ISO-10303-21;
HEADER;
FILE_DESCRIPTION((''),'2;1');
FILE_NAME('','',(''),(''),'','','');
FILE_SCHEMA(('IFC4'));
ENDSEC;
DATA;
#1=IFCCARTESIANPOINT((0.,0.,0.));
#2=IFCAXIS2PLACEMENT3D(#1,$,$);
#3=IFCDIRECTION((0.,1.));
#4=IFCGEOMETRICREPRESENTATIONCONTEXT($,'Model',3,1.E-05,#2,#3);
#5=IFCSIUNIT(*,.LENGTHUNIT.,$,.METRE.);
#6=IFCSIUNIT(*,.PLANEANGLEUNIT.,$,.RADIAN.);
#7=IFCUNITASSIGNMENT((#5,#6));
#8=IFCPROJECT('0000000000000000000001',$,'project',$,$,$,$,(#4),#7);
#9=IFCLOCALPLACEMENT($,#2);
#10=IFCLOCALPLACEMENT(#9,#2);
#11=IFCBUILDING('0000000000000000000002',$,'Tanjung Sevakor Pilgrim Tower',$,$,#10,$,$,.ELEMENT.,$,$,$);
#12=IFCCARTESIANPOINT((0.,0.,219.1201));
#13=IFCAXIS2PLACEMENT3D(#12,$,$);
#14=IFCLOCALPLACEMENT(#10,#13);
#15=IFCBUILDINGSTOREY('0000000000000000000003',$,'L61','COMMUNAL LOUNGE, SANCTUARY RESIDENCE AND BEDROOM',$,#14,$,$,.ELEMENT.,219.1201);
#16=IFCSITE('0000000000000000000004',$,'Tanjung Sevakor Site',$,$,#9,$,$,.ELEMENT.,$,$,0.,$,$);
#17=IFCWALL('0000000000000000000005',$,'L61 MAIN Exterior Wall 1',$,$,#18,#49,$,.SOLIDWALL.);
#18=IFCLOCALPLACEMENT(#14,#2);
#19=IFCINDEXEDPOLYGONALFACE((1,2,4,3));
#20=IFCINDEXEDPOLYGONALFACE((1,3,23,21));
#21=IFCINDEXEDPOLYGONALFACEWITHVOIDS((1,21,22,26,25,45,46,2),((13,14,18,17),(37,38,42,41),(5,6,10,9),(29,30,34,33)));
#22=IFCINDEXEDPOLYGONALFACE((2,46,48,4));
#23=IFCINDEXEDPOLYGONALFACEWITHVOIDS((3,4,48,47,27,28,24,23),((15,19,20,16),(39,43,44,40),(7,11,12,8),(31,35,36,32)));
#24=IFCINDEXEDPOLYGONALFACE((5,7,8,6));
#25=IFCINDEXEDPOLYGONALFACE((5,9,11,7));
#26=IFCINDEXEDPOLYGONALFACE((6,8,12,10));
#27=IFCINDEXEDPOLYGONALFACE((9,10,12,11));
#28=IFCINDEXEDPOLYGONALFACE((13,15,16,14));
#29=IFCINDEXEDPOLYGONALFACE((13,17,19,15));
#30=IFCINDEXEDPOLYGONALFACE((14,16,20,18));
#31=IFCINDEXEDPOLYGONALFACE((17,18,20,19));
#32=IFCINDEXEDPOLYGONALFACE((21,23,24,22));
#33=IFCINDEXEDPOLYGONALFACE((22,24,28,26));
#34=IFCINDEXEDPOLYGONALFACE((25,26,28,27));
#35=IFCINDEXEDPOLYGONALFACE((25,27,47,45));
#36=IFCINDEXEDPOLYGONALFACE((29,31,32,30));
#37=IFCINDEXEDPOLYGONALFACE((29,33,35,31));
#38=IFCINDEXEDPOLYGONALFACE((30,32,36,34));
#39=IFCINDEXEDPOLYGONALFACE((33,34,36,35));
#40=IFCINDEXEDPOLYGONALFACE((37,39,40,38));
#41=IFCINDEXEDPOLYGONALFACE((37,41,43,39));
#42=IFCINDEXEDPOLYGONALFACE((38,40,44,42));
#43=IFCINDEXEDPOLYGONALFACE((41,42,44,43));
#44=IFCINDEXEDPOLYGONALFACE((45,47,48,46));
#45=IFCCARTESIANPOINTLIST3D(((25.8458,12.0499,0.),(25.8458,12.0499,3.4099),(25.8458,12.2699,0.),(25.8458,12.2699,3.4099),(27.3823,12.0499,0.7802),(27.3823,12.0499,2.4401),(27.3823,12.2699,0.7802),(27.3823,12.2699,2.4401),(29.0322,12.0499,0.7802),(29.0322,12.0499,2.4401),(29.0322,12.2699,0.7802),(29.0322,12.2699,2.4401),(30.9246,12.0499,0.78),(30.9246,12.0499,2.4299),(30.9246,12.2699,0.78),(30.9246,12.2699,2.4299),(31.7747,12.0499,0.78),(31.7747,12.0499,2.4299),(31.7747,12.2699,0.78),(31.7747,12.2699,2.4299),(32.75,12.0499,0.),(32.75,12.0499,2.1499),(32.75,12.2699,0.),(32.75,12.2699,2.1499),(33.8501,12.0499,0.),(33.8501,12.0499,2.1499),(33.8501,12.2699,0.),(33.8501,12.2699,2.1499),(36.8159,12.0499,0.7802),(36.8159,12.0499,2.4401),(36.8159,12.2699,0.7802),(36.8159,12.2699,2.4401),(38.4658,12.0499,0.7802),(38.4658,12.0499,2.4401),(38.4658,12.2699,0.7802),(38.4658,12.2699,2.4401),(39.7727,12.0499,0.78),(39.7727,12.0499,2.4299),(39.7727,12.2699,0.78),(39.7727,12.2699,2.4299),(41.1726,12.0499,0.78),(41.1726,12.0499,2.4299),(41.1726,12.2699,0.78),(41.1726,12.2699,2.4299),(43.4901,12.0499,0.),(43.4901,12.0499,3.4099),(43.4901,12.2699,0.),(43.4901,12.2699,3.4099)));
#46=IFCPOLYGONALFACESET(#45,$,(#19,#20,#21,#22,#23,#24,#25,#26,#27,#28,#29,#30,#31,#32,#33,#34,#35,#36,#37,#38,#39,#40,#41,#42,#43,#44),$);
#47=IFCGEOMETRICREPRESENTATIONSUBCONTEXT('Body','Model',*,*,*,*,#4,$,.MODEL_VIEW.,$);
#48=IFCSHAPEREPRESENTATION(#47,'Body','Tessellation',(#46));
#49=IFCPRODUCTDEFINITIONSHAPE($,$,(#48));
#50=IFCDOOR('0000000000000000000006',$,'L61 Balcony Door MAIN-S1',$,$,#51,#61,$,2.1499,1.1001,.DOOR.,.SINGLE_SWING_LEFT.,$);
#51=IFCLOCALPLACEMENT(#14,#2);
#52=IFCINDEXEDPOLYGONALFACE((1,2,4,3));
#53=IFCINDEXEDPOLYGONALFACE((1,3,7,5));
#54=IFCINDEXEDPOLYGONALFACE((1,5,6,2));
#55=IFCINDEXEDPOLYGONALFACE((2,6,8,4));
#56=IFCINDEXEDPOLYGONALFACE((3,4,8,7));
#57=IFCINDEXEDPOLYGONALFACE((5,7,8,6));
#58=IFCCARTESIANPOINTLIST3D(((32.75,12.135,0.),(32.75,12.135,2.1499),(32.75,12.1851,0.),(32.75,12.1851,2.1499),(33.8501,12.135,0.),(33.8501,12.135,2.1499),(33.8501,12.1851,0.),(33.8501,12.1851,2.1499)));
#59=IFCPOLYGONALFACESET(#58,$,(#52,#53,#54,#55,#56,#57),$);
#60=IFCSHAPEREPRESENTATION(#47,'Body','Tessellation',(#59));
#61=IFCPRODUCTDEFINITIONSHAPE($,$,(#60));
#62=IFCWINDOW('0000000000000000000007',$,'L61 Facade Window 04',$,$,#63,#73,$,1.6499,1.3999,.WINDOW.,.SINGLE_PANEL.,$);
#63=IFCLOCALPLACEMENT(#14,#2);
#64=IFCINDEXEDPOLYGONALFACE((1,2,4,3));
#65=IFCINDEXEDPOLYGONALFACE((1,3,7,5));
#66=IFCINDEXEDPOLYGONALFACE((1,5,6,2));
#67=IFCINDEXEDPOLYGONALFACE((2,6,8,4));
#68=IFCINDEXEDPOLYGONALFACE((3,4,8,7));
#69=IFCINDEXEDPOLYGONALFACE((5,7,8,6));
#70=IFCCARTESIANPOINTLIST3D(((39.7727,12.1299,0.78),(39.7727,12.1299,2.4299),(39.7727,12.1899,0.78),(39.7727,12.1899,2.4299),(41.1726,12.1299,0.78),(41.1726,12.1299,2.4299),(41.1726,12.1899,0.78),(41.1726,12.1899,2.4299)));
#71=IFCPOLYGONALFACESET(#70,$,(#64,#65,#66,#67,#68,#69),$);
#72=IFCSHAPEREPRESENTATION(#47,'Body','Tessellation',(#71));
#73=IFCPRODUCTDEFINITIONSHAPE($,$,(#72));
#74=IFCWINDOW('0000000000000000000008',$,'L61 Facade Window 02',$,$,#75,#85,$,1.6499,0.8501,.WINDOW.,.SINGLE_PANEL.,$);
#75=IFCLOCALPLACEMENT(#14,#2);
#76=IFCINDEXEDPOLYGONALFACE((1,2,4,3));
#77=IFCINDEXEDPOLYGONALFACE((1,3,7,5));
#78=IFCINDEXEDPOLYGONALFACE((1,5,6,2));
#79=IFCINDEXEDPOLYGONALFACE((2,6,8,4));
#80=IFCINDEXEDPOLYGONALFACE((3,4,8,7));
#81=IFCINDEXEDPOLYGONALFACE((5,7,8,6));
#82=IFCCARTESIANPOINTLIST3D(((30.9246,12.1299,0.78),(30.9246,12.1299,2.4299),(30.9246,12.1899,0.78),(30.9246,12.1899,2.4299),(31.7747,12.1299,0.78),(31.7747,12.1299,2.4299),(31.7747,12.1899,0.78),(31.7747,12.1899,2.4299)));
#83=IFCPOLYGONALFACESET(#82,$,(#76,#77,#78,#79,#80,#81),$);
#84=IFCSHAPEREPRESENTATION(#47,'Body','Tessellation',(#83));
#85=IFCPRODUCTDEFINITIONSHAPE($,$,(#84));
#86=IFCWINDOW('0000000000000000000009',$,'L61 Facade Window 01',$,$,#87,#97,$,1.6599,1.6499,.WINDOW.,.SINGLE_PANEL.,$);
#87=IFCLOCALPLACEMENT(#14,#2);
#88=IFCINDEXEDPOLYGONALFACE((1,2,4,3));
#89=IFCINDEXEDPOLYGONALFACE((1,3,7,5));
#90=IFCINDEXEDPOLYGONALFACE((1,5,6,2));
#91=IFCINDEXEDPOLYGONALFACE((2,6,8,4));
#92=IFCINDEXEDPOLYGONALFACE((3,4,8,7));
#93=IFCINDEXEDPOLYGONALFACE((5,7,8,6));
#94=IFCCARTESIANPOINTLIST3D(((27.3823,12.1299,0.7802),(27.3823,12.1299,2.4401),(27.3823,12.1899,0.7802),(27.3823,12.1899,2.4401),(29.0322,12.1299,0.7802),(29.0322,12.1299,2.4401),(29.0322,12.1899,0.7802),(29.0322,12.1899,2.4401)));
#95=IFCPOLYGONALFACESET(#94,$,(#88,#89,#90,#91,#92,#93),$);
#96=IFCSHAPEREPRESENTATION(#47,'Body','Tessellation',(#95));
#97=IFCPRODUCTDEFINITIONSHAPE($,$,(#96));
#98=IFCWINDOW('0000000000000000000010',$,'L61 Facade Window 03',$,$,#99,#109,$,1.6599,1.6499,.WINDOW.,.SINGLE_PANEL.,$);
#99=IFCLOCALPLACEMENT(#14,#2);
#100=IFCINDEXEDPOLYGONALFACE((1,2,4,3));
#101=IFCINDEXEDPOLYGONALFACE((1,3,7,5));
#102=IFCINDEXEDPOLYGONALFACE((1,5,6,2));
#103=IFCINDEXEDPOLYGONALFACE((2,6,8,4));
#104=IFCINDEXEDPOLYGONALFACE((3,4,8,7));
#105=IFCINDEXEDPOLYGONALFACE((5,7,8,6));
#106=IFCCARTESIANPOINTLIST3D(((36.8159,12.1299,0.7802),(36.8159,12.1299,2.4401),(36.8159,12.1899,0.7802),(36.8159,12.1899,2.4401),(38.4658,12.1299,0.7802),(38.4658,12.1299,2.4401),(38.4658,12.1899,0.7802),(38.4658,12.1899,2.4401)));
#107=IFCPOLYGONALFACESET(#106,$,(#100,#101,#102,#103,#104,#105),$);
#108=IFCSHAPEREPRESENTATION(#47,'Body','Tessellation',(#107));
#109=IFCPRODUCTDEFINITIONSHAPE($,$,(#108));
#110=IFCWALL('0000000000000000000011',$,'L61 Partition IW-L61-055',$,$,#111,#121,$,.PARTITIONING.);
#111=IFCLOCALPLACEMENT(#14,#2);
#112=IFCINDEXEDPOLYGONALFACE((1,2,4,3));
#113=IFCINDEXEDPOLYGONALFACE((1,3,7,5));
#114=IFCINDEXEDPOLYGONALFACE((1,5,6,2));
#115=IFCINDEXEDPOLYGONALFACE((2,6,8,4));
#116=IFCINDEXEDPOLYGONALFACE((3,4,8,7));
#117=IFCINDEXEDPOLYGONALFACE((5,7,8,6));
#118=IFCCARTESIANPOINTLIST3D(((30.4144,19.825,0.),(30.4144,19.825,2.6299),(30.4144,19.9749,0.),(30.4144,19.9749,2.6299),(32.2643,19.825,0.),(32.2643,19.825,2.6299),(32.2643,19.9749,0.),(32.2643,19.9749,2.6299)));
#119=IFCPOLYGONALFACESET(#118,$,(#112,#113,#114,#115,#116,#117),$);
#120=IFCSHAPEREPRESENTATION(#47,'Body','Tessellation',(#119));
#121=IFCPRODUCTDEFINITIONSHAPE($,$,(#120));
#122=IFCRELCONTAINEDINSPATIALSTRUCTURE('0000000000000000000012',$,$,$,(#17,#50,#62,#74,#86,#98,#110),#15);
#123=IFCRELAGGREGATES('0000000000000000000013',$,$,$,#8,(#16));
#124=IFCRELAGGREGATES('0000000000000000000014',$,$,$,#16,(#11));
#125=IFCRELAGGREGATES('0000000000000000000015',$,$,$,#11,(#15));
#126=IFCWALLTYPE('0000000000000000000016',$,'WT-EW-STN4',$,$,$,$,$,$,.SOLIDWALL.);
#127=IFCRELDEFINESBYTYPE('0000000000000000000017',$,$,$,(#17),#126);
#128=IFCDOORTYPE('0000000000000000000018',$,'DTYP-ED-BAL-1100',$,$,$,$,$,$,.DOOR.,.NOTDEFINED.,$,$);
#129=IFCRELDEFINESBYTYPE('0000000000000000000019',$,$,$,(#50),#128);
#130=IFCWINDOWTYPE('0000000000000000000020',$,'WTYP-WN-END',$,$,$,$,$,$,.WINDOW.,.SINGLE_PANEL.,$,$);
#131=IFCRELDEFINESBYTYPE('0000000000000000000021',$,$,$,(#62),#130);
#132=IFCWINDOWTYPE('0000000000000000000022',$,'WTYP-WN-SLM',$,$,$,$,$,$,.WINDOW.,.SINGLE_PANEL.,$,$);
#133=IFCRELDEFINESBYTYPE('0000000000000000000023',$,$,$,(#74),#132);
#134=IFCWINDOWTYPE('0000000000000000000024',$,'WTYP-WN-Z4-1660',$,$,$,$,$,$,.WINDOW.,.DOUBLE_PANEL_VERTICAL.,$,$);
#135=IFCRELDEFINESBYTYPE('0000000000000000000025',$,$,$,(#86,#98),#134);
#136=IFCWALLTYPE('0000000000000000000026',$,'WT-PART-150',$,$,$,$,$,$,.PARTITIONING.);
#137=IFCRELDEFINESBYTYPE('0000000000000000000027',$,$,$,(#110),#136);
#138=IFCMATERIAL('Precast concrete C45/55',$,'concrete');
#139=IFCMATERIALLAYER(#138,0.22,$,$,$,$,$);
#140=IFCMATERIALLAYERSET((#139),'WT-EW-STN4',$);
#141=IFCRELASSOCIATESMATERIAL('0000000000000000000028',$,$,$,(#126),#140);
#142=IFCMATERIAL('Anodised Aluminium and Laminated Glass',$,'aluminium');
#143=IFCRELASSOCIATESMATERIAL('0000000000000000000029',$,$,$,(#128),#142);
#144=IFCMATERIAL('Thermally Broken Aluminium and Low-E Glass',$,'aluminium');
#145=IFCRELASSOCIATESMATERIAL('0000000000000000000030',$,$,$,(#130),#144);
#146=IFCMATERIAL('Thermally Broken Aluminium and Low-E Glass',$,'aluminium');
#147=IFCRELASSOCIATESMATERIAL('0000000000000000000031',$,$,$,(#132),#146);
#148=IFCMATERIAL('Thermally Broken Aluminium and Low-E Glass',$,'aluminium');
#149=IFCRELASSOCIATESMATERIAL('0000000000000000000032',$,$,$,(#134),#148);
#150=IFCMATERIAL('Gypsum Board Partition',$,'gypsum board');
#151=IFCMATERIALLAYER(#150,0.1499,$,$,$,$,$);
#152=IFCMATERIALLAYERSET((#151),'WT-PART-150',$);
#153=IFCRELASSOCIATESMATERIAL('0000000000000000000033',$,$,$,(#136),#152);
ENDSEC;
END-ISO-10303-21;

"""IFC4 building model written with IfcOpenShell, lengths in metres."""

from ifc_helpers import new_model, si_unit, direction, frame, frame_2d, origin, place, context, subcontext, project, spatial, rectangle, extrude, material, layer, layer_set, type_object, element, fill, save


model = new_model("IFC4")

# Units and contexts
model_context = context("Model", 3, precision=1e-05, world=origin(), true_north=direction((0.0, 1.0)))
body_context = subcontext(model_context, "Body", "Model", "MODEL_VIEW")
ifc_project = project(units=[si_unit("LENGTHUNIT", "METRE"), si_unit("PLANEANGLEUNIT", "RADIAN")], contexts=[model_context])

# Site, building, storey
site_placement = place(None, origin())
site = spatial("IfcSite", under=ifc_project, at=site_placement, Name="Tanjung Sevakor Site", CompositionType="ELEMENT", RefElevation=0.0)
building_placement = place(site_placement, origin())
building = spatial("IfcBuilding", under=site, at=building_placement, Name="Tanjung Sevakor Pilgrim Tower", CompositionType="ELEMENT")
storey_placement = place(building_placement, frame((0.0, 0.0, 219.1201)))
storey = spatial("IfcBuildingStorey", under=building, at=storey_placement, Name="L61", Description="COMMUNAL LOUNGE, SANCTUARY RESIDENCE AND BEDROOM", CompositionType="ELEMENT", Elevation=219.1201)

# Wall, openings, door, windows
ifc_material_1 = material(Name="Precast concrete C45/55", Category="concrete")
ifc_layer_1 = layer(ifc_material_1, 0.22)
ifc_layer_set_1 = layer_set([ifc_layer_1], Name="WT-EW-STN4")
wall_type_1 = type_object("IfcWallType", Name="WT-EW-STN4", PredefinedType="SOLIDWALL", material=ifc_layer_set_1)
wall_1_placement = place(storey_placement, frame((25.8457, 12.1599, 0.0), z_axis=(0.0, 0.0, 1.0), x_axis=(1.0, 0.0, 0.0)))
wall_1 = element("IfcWall", 1, at=wall_1_placement, inside=storey, type_object=wall_type_1, Name="L61 MAIN Exterior Wall 1", PredefinedType="SOLIDWALL", context=body_context, shape_type="SweptSolid", body=[
    extrude(rectangle(XDim=17.6443, YDim=0.22, at=frame_2d((8.8223, 0.0))), origin(), (0.0, 0.0, 1.0), 3.4099),
])
opening_1_placement = place(wall_1_placement, frame((6.9043, 0.0, 0.0)))
opening_1 = element("IfcOpeningElement", 2, at=opening_1_placement, cuts=wall_1, PredefinedType="OPENING", context=body_context, shape_type="SweptSolid", body=[
    extrude(rectangle(XDim=1.1001, YDim=2.1499, at=frame_2d((0.55, 1.075))), frame((0.0, 0.1199, 0.0), z_axis=(0.0, -1.0, 0.0), x_axis=(1.0, 0.0, 0.0)), (0.0, 0.0, 1.0), 0.24),
])
opening_2_placement = place(wall_1_placement, frame((1.5366, 0.0, 0.78)))
opening_2 = element("IfcOpeningElement", 3, at=opening_2_placement, cuts=wall_1, PredefinedType="OPENING", context=body_context, shape_type="SweptSolid", body=[
    extrude(rectangle(XDim=1.6499, YDim=1.6599, at=frame_2d((0.825, 0.8301))), frame((0.0, 0.1199, 0.0), z_axis=(0.0, -1.0, 0.0), x_axis=(1.0, 0.0, 0.0)), (0.0, 0.0, 1.0), 0.24),
])
opening_3_placement = place(wall_1_placement, frame((5.0789, 0.0, 0.78)))
opening_3 = element("IfcOpeningElement", 4, at=opening_3_placement, cuts=wall_1, PredefinedType="OPENING", context=body_context, shape_type="SweptSolid", body=[
    extrude(rectangle(XDim=0.8501, YDim=1.6499, at=frame_2d((0.425, 0.825))), frame((0.0, 0.1199, 0.0), z_axis=(0.0, -1.0, 0.0), x_axis=(1.0, 0.0, 0.0)), (0.0, 0.0, 1.0), 0.24),
])
opening_4_placement = place(wall_1_placement, frame((10.9702, 0.0, 0.78)))
opening_4 = element("IfcOpeningElement", 5, at=opening_4_placement, cuts=wall_1, PredefinedType="OPENING", context=body_context, shape_type="SweptSolid", body=[
    extrude(rectangle(XDim=1.6499, YDim=1.6599, at=frame_2d((0.825, 0.8301))), frame((0.0, 0.1199, 0.0), z_axis=(0.0, -1.0, 0.0), x_axis=(1.0, 0.0, 0.0)), (0.0, 0.0, 1.0), 0.24),
])
opening_5_placement = place(wall_1_placement, frame((13.927, 0.0, 0.78)))
opening_5 = element("IfcOpeningElement", 6, at=opening_5_placement, cuts=wall_1, PredefinedType="OPENING", context=body_context, shape_type="SweptSolid", body=[
    extrude(rectangle(XDim=1.3999, YDim=1.6499, at=frame_2d((0.7, 0.825))), frame((0.0, 0.1199, 0.0), z_axis=(0.0, -1.0, 0.0), x_axis=(1.0, 0.0, 0.0)), (0.0, 0.0, 1.0), 0.24),
])
ifc_material_2 = material(Name="Anodised Aluminium and Laminated Glass", Category="aluminium")
door_type_1 = type_object("IfcDoorType", Name="DTYP-ED-BAL-1100", OperationType="NOTDEFINED", PredefinedType="DOOR", material=ifc_material_2)
door_1_placement = place(opening_1_placement, frame((1.1001, 0.0, 0.0), z_axis=(0.0, 0.0, 1.0), x_axis=(-1.0, 0.0, 0.0)))
door_1 = element("IfcDoor", 7, at=door_1_placement, inside=storey, type_object=door_type_1, Name="L61 Balcony Door MAIN-S1", OperationType="SINGLE_SWING_LEFT", OverallHeight=2.1499, OverallWidth=1.1001, PredefinedType="DOOR", context=body_context, shape_type="SweptSolid", body=[
    extrude(rectangle(XDim=1.1001, YDim=2.1499, at=frame_2d((0.55, 1.075))), frame((0.0, 0.0249, 0.0), z_axis=(0.0, -1.0, 0.0), x_axis=(1.0, 0.0, 0.0)), (0.0, 0.0, 1.0), 0.05),
])
fill(opening_1, door_1)
ifc_material_3 = material(Name="Thermally Broken Aluminium and Low-E Glass", Category="aluminium")
window_type_1 = type_object("IfcWindowType", Name="WTYP-WN-END", PartitioningType="SINGLE_PANEL", PredefinedType="WINDOW", material=ifc_material_3)
window_1_placement = place(opening_5_placement, origin())
window_1 = element("IfcWindow", 8, at=window_1_placement, inside=storey, type_object=window_type_1, Name="L61 Facade Window 04", OverallHeight=1.6499, OverallWidth=1.3999, PartitioningType="SINGLE_PANEL", PredefinedType="WINDOW", context=body_context, shape_type="SweptSolid", body=[
    extrude(rectangle(XDim=1.3999, YDim=1.6499, at=frame_2d((0.7, 0.825))), frame((0.0, 0.03, 0.0), z_axis=(0.0, -1.0, 0.0), x_axis=(1.0, 0.0, 0.0)), (0.0, 0.0, 1.0), 0.0601),
])
fill(opening_5, window_1)
ifc_material_4 = material(Name="Thermally Broken Aluminium and Low-E Glass", Category="aluminium")
window_type_2 = type_object("IfcWindowType", Name="WTYP-WN-SLM", PartitioningType="SINGLE_PANEL", PredefinedType="WINDOW", material=ifc_material_4)
window_2_placement = place(opening_3_placement, origin())
window_2 = element("IfcWindow", 9, at=window_2_placement, inside=storey, type_object=window_type_2, Name="L61 Facade Window 02", OverallHeight=1.6499, OverallWidth=0.8501, PartitioningType="SINGLE_PANEL", PredefinedType="WINDOW", context=body_context, shape_type="SweptSolid", body=[
    extrude(rectangle(XDim=0.8501, YDim=1.6499, at=frame_2d((0.425, 0.825))), frame((0.0, 0.03, 0.0), z_axis=(0.0, -1.0, 0.0), x_axis=(1.0, 0.0, 0.0)), (0.0, 0.0, 1.0), 0.0601),
])
fill(opening_3, window_2)
ifc_material_5 = material(Name="Thermally Broken Aluminium and Low-E Glass", Category="aluminium")
window_type_3 = type_object("IfcWindowType", Name="WTYP-WN-Z4-1660", PartitioningType="DOUBLE_PANEL_VERTICAL", PredefinedType="WINDOW", material=ifc_material_5)
window_3_placement = place(opening_2_placement, origin())
window_3 = element("IfcWindow", 10, at=window_3_placement, inside=storey, type_object=window_type_3, Name="L61 Facade Window 01", OverallHeight=1.6599, OverallWidth=1.6499, PartitioningType="SINGLE_PANEL", PredefinedType="WINDOW", context=body_context, shape_type="SweptSolid", body=[
    extrude(rectangle(XDim=1.6499, YDim=1.6599, at=frame_2d((0.825, 0.8301))), frame((0.0, 0.03, 0.0), z_axis=(0.0, -1.0, 0.0), x_axis=(1.0, 0.0, 0.0)), (0.0, 0.0, 1.0), 0.0601),
])
fill(opening_2, window_3)
window_4_placement = place(opening_4_placement, origin())
window_4 = element("IfcWindow", 11, at=window_4_placement, inside=storey, type_object=window_type_3, Name="L61 Facade Window 03", OverallHeight=1.6599, OverallWidth=1.6499, PartitioningType="SINGLE_PANEL", PredefinedType="WINDOW", context=body_context, shape_type="SweptSolid", body=[
    extrude(rectangle(XDim=1.6499, YDim=1.6599, at=frame_2d((0.825, 0.8301))), frame((0.0, 0.03, 0.0), z_axis=(0.0, -1.0, 0.0), x_axis=(1.0, 0.0, 0.0)), (0.0, 0.0, 1.0), 0.0601),
])
fill(opening_4, window_4)

# Wall
ifc_material_6 = material(Name="Gypsum Board Partition", Category="gypsum board")
ifc_layer_2 = layer(ifc_material_6, 0.1499)
ifc_layer_set_2 = layer_set([ifc_layer_2], Name="WT-PART-150")
wall_type_2 = type_object("IfcWallType", Name="WT-PART-150", PredefinedType="PARTITIONING", material=ifc_layer_set_2)
wall_2_placement = place(storey_placement, frame((30.4146, 19.8999, 0.0), z_axis=(0.0, 0.0, 1.0), x_axis=(1.0, 0.0, 0.0)))
element("IfcWall", 12, at=wall_2_placement, inside=storey, type_object=wall_type_2, Name="L61 Partition IW-L61-055", PredefinedType="PARTITIONING", context=body_context, shape_type="SweptSolid", body=[
    extrude(rectangle(XDim=1.8499, YDim=0.1499, at=frame_2d((0.9248, 0.0))), origin(), (0.0, 0.0, 1.0), 2.6299),
])

save(model, "model.ifc")
